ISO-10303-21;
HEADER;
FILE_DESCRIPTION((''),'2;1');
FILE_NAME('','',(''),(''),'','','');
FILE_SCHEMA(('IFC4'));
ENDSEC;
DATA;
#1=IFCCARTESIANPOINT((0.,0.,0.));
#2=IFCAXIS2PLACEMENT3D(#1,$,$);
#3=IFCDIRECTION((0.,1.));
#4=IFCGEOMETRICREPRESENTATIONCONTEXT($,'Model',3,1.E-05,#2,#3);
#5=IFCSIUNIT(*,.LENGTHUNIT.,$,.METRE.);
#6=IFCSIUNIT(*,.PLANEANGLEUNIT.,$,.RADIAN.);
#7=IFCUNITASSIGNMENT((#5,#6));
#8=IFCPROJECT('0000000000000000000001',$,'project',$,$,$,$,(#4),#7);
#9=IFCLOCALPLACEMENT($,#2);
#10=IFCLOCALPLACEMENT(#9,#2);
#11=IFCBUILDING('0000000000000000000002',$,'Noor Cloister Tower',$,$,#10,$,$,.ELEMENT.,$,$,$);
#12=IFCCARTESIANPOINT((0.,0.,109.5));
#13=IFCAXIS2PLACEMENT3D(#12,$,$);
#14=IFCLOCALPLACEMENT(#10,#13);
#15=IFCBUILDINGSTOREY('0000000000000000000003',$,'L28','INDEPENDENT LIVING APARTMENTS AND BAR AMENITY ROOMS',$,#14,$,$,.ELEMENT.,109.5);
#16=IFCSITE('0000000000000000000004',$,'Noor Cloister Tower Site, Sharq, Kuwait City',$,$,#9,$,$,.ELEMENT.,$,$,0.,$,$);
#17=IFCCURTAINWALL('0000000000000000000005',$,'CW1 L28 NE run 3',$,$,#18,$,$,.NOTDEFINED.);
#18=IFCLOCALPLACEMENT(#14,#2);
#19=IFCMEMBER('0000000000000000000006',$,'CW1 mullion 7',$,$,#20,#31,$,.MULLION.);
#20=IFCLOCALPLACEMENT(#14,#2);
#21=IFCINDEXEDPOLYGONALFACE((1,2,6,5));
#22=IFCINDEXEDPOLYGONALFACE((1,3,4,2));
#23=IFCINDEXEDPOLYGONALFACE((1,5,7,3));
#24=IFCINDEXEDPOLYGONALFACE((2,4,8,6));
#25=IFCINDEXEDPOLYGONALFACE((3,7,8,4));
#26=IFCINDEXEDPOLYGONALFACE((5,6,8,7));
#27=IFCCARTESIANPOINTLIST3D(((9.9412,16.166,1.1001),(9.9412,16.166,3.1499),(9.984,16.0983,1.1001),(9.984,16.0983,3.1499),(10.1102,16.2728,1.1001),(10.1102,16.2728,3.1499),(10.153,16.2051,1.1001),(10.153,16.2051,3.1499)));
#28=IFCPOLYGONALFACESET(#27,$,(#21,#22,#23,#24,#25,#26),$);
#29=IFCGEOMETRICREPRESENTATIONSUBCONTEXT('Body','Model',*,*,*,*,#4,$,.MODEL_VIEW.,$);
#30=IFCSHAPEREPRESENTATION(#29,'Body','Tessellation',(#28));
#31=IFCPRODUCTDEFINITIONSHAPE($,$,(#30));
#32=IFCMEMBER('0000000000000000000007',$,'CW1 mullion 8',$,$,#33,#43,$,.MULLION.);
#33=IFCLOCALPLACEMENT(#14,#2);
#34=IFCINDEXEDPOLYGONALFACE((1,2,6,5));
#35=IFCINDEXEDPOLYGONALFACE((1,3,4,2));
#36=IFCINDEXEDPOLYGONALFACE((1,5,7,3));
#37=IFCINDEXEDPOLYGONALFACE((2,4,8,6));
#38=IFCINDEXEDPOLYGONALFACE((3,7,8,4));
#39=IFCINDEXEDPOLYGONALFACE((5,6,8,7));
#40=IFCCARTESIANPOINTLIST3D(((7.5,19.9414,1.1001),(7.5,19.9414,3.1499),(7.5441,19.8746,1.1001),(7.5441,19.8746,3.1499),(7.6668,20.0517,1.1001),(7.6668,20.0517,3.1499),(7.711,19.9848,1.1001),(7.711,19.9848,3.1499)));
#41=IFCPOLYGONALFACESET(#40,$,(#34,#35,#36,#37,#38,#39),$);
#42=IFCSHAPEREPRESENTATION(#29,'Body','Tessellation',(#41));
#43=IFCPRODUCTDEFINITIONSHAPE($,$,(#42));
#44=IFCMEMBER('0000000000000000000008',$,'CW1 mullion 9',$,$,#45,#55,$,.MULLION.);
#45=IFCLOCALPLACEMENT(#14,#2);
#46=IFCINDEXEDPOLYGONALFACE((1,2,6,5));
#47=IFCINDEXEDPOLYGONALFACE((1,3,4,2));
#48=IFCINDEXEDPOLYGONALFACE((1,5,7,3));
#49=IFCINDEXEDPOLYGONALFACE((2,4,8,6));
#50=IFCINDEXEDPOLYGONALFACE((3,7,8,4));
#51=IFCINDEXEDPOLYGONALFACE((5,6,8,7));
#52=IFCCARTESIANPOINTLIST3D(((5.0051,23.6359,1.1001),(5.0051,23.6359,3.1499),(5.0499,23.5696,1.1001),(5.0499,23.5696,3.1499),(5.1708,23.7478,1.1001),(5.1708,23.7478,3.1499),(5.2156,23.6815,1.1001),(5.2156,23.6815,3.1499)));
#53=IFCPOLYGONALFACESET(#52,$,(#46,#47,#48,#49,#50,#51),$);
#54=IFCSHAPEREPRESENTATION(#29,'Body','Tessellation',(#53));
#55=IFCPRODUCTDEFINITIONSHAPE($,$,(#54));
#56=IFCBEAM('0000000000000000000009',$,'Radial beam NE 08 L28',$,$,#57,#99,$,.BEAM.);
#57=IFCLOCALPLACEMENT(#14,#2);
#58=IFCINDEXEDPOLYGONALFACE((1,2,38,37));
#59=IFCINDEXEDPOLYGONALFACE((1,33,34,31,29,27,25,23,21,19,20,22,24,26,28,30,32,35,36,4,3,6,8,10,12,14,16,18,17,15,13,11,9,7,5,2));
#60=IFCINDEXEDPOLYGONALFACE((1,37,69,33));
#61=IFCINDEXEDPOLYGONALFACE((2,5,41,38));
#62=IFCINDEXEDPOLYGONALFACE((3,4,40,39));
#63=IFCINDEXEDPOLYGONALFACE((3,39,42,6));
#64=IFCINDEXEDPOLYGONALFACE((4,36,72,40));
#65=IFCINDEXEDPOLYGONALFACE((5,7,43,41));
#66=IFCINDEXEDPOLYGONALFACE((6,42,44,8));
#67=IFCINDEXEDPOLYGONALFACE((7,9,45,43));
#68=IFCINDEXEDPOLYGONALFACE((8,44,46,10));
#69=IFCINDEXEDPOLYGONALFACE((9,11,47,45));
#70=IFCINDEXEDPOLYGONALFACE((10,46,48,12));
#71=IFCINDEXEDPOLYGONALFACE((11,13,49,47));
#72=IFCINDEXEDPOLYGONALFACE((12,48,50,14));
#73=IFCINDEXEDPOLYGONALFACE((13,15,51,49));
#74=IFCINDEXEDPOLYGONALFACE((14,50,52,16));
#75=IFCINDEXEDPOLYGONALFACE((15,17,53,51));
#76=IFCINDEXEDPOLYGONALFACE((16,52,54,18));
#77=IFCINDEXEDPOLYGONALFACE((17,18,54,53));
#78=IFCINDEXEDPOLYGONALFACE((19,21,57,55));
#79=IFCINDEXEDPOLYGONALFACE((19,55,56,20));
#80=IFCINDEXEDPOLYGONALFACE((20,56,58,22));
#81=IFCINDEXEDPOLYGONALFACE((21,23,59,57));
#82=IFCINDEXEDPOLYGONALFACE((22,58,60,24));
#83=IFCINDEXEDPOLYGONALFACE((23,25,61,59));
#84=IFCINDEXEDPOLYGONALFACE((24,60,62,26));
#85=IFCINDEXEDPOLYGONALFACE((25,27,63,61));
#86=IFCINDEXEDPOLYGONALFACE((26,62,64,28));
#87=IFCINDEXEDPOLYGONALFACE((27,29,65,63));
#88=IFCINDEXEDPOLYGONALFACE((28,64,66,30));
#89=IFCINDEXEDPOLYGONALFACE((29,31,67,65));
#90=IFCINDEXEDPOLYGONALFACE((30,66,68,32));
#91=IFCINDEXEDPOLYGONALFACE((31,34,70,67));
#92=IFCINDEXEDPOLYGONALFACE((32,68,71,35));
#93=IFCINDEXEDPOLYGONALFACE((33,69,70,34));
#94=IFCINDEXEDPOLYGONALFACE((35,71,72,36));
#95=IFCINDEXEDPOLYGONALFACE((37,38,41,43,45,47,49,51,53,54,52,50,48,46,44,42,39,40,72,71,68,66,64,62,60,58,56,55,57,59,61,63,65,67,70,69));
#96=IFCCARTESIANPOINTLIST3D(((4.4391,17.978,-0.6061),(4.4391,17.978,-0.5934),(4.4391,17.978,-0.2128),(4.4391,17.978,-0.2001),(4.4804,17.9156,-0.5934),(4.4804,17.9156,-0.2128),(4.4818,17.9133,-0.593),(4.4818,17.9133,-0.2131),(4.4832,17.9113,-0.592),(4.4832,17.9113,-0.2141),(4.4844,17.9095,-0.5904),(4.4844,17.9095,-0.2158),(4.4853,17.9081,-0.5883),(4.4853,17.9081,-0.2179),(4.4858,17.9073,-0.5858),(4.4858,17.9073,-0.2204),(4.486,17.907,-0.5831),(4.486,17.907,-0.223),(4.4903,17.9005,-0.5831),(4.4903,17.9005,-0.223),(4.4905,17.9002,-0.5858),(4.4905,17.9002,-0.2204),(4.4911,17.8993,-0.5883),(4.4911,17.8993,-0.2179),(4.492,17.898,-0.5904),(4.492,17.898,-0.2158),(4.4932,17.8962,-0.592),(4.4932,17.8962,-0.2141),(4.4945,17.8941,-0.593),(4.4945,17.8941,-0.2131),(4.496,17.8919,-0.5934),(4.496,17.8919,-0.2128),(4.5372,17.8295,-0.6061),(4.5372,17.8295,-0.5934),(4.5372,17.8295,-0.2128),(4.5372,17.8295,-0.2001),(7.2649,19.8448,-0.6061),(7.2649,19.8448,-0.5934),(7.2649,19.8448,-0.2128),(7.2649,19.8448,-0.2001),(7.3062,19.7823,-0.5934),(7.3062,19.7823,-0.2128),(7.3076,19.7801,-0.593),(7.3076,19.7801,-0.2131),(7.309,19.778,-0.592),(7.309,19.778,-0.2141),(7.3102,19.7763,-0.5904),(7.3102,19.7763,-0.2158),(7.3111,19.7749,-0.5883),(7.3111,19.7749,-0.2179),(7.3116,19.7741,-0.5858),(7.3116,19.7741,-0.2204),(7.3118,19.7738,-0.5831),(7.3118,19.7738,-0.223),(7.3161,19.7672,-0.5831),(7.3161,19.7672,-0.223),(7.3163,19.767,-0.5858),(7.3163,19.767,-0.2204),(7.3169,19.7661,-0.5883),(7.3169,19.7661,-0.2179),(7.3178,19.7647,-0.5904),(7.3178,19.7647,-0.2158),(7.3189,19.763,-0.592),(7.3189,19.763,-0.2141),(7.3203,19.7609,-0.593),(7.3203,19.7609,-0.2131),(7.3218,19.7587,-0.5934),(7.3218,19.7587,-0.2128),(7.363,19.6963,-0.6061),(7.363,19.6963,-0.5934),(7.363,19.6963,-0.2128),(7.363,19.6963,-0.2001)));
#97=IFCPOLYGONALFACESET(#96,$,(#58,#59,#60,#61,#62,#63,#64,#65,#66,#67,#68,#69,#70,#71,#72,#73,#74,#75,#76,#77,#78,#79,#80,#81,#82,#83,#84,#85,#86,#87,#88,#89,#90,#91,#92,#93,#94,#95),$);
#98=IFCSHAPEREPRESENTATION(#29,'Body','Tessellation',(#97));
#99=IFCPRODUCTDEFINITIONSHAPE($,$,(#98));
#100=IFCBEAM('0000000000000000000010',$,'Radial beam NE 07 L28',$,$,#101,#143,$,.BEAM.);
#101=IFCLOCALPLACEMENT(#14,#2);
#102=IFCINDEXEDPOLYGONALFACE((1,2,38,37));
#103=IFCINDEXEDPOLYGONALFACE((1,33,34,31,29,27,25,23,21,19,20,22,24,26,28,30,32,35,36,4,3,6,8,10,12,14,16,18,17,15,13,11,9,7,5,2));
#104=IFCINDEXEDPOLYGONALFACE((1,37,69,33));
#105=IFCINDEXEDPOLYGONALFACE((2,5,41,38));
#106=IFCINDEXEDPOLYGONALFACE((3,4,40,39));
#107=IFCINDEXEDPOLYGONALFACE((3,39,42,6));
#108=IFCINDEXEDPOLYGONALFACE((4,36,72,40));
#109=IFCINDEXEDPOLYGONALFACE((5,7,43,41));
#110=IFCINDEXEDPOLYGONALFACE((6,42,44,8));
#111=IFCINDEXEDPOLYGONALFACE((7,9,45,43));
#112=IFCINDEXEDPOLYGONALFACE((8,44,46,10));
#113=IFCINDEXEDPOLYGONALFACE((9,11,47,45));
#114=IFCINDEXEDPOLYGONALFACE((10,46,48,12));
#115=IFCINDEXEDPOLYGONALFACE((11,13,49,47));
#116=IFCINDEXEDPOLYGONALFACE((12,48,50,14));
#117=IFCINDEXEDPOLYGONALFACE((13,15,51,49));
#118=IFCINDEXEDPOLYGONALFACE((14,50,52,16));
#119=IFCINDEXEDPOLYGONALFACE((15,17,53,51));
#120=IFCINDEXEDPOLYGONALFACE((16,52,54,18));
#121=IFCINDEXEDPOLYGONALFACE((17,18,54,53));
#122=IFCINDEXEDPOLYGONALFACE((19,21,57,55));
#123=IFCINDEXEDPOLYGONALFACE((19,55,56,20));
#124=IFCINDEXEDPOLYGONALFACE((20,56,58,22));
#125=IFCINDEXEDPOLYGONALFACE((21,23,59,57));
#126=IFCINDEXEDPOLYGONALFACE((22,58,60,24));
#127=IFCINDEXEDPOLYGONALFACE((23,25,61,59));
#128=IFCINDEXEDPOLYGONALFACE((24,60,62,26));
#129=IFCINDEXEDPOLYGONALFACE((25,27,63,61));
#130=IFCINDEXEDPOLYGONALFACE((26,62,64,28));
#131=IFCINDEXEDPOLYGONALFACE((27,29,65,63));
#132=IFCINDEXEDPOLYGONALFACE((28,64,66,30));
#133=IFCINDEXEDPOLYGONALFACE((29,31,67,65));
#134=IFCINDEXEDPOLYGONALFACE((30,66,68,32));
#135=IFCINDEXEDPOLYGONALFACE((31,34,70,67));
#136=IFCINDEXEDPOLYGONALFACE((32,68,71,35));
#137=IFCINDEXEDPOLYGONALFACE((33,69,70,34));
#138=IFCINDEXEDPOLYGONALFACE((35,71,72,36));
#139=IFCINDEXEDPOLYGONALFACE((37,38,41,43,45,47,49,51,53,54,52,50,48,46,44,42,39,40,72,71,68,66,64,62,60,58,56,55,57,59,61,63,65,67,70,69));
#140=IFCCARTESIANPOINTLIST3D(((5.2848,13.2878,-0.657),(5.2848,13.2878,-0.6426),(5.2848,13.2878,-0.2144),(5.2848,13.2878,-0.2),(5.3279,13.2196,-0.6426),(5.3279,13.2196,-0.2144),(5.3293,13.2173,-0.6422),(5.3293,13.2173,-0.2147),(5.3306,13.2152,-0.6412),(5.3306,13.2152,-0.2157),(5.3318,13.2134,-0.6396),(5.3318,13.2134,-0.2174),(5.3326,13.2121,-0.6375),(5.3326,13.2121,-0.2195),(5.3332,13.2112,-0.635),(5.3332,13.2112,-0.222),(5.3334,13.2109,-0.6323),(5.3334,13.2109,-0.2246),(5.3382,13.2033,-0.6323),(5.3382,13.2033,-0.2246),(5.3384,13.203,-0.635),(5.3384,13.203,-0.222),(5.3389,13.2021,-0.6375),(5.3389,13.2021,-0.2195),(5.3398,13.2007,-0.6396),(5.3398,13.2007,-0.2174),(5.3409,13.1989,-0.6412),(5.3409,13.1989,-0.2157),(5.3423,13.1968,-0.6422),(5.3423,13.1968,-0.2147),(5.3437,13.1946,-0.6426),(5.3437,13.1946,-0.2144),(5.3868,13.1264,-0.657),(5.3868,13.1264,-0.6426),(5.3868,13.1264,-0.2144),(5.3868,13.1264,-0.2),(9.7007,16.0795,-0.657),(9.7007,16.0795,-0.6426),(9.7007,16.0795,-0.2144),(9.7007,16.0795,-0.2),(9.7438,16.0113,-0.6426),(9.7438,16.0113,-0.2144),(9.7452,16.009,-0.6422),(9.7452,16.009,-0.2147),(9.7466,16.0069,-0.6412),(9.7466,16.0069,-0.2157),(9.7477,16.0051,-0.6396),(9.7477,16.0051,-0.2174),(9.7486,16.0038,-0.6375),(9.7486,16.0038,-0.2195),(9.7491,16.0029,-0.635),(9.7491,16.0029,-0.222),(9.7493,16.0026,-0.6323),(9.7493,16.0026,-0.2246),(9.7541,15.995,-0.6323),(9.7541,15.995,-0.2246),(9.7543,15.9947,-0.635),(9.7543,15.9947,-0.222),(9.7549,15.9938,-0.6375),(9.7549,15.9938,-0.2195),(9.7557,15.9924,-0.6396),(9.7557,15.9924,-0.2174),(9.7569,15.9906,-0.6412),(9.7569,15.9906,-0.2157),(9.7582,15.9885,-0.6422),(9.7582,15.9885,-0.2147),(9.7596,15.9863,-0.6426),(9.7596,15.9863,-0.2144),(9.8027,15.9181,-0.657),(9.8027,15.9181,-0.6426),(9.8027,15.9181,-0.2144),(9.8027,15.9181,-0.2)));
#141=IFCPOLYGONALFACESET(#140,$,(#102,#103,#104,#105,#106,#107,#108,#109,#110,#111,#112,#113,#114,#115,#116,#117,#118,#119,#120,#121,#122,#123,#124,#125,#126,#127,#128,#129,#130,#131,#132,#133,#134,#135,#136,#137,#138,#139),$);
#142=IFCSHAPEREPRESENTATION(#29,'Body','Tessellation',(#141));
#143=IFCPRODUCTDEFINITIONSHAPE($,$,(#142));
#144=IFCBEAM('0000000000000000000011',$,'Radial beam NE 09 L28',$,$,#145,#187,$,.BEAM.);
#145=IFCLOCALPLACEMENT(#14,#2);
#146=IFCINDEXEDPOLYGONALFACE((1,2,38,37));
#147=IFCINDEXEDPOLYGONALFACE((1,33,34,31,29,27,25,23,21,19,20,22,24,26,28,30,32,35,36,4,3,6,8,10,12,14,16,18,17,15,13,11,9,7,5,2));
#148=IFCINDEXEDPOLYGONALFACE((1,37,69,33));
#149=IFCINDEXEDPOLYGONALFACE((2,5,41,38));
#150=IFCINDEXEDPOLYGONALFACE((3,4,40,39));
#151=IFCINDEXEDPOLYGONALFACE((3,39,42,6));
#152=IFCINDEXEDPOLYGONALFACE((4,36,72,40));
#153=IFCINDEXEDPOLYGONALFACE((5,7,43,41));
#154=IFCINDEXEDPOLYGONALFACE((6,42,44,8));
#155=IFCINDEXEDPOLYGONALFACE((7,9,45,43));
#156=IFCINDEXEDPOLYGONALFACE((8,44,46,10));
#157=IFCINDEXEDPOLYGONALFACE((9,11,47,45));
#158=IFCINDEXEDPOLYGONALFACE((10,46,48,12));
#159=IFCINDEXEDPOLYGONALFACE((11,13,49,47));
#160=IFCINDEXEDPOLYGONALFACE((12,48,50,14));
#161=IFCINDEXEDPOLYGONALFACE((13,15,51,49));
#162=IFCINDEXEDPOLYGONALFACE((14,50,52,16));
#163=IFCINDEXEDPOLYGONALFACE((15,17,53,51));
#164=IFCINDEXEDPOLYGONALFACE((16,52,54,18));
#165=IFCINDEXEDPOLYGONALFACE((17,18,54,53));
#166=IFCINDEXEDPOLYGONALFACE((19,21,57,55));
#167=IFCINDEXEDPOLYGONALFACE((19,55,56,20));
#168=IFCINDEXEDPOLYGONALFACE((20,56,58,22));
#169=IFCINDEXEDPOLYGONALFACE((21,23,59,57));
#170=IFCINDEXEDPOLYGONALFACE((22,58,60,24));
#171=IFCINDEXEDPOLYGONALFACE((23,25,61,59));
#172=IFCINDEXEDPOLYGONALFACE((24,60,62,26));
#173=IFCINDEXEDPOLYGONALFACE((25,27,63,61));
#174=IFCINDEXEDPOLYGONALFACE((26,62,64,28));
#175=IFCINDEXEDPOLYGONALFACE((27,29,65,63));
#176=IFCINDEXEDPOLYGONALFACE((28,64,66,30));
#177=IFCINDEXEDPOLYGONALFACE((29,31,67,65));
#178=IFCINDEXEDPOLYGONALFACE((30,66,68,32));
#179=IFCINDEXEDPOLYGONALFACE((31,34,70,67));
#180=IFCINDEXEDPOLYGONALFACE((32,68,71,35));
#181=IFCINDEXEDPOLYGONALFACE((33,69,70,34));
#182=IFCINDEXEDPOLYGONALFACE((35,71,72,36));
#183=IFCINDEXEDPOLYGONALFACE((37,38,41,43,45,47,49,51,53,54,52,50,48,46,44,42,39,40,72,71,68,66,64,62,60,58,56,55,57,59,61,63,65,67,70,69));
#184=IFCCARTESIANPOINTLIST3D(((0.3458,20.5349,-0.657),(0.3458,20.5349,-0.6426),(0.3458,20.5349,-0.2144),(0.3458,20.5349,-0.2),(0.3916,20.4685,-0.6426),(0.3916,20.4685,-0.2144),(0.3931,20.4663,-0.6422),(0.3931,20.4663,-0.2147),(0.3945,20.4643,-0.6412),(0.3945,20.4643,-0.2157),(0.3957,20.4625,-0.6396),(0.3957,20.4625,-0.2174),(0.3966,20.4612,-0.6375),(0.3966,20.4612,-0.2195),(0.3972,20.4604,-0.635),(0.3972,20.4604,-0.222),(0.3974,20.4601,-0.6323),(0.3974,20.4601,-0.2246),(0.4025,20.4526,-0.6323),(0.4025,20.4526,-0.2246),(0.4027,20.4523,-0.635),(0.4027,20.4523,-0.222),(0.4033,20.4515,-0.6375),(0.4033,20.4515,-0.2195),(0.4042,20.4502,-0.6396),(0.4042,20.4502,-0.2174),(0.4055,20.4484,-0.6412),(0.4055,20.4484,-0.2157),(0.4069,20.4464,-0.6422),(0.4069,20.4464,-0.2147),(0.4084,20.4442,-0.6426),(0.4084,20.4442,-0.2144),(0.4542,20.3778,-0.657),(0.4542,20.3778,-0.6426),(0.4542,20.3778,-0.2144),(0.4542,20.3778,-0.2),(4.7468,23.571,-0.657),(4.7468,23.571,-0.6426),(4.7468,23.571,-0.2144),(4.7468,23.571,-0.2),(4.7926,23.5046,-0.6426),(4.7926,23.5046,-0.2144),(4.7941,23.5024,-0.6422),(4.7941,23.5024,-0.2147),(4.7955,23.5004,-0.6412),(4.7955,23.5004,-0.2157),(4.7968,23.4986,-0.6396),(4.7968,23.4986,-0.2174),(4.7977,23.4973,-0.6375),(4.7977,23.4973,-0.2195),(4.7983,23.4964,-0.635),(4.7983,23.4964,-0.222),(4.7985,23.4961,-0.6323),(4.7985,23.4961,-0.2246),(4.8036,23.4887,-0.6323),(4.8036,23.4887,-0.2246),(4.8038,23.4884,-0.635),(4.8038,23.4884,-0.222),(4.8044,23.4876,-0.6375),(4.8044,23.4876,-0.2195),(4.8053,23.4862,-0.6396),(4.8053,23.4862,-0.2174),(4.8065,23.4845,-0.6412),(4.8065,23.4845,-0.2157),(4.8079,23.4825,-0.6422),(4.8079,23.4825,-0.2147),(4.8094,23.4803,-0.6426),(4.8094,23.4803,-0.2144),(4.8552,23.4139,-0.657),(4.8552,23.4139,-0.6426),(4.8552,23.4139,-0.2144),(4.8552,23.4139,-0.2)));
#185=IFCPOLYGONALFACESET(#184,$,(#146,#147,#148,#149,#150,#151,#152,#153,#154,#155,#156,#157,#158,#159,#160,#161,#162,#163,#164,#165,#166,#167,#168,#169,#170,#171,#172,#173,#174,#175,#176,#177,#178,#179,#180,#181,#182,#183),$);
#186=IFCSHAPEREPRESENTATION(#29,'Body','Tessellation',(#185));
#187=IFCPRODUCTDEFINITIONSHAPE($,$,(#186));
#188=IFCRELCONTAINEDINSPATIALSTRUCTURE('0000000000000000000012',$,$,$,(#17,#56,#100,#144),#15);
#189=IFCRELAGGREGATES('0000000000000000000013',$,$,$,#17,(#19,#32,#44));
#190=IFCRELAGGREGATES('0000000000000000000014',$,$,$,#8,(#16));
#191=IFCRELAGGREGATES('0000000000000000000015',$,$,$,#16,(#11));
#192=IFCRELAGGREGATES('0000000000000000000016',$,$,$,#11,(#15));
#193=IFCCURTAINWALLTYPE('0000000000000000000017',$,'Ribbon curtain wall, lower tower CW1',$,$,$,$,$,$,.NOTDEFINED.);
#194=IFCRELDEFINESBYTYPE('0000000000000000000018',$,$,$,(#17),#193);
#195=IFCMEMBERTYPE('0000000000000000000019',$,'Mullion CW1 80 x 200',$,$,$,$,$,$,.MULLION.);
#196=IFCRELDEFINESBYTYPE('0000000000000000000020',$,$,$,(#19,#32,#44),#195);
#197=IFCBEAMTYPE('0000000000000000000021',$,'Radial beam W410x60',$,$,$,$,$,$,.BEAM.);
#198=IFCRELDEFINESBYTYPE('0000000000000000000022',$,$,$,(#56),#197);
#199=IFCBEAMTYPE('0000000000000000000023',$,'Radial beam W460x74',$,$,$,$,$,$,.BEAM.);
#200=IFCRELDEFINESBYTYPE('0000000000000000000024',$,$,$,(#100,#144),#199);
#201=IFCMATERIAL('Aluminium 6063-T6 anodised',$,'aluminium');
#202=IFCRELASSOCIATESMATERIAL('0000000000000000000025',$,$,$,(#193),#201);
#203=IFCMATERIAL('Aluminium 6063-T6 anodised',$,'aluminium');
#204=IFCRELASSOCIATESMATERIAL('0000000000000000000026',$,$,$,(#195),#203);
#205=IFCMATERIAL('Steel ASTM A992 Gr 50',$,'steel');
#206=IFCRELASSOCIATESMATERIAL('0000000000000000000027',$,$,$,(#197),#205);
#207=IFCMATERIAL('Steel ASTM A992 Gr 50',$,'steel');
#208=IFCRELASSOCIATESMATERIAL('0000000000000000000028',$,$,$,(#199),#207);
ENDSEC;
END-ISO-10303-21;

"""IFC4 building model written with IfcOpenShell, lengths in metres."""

from ifc_helpers import new_model, si_unit, direction, frame, origin, origin_2d, place, context, subcontext, project, spatial, rectangle, i_section, extrude, material, material_profile, profile_set, type_object, element, aggregate, save


model = new_model("IFC4")

# Units and contexts
model_context = context("Model", 3, precision=1e-05, world=origin(), true_north=direction((0.0, 1.0)))
body_context = subcontext(model_context, "Body", "Model", "MODEL_VIEW")
ifc_project = project(units=[si_unit("LENGTHUNIT", "METRE"), si_unit("PLANEANGLEUNIT", "RADIAN")], contexts=[model_context])

# Site, building, storey
site_placement = place(None, origin())
site = spatial("IfcSite", under=ifc_project, at=site_placement, Name="Noor Cloister Tower Site, Sharq, Kuwait City", CompositionType="ELEMENT", RefElevation=0.0)
building_placement = place(site_placement, origin())
building = spatial("IfcBuilding", under=site, at=building_placement, Name="Noor Cloister Tower", CompositionType="ELEMENT")
storey_placement = place(building_placement, frame((0.0, 0.0, 109.5)))
storey = spatial("IfcBuildingStorey", under=building, at=storey_placement, Name="L28", Description="INDEPENDENT LIVING APARTMENTS AND BAR AMENITY ROOMS", CompositionType="ELEMENT", Elevation=109.5)

# Curtain wall, members
ifc_material_1 = material(Name="Aluminium 6063-T6 anodised", Category="aluminium")
curtain_wall_type = type_object("IfcCurtainWallType", Name="Ribbon curtain wall, lower tower CW1", PredefinedType="NOTDEFINED", material=ifc_material_1)
curtain_wall_placement = place(storey_placement, origin())
curtain_wall = element("IfcCurtainWall", 1, at=curtain_wall_placement, inside=storey, type_object=curtain_wall_type, Name="CW1 L28 NE run 3", PredefinedType="NOTDEFINED")
ifc_material_2 = material(Name="Aluminium 6063-T6 anodised", Category="aluminium")
ifc_material_profile_1 = material_profile(ifc_material_2, rectangle(XDim=0.2, YDim=0.0801, at=origin_2d()), Name="200 x 80 mullion")
ifc_profile_set_1 = profile_set([ifc_material_profile_1], Name="Aluminium 6063-T6 anodised")
member_type = type_object("IfcMemberType", Name="Mullion CW1 80 x 200", PredefinedType="MULLION", material=ifc_profile_set_1)
member_1_placement = place(storey_placement, frame((10.0471, 16.1855, 1.1001), z_axis=(0.0, 0.0, 1.0), x_axis=(-0.845254, -0.534365, 0.0)))
member_1 = element("IfcMember", 2, at=member_1_placement, type_object=member_type, Name="CW1 mullion 7", PredefinedType="MULLION", context=body_context, shape_type="SweptSolid", body=[
    extrude(rectangle(XDim=0.2, YDim=0.0801, at=origin_2d()), origin(), (0.0, 0.0, 1.0), 2.0498),
])
member_2_placement = place(storey_placement, frame((7.6055, 19.9631, 1.1001), z_axis=(0.0, 0.0, 1.0), x_axis=(-0.834355, -0.551228, 0.0)))
member_2 = element("IfcMember", 3, at=member_2_placement, type_object=member_type, Name="CW1 mullion 8", PredefinedType="MULLION", context=body_context, shape_type="SweptSolid", body=[
    extrude(rectangle(XDim=0.2, YDim=0.0801, at=origin_2d()), origin(), (0.0, 0.0, 1.0), 2.0498),
])
member_3_placement = place(storey_placement, frame((5.1104, 23.6587, 1.1001), z_axis=(0.0, 0.0, 1.0), x_axis=(-0.828779, -0.559576, 0.0)))
member_3 = element("IfcMember", 4, at=member_3_placement, type_object=member_type, Name="CW1 mullion 9", PredefinedType="MULLION", context=body_context, shape_type="SweptSolid", body=[
    extrude(rectangle(XDim=0.2, YDim=0.0801, at=origin_2d()), origin(), (0.0, 0.0, 1.0), 2.0498),
])

# Beams
ifc_material_3 = material(Name="Steel ASTM A992 Gr 50", Category="steel")
ifc_material_profile_2 = material_profile(ifc_material_3, i_section(OverallWidth=0.178, OverallDepth=0.406, WebThickness=0.0078, FlangeThickness=0.0127, FilletRadius=0.0103, at=origin_2d()), Name="W410x60")
ifc_profile_set_2 = profile_set([ifc_material_profile_2], Name="Steel ASTM A992 Gr 50")
beam_type_1 = type_object("IfcBeamType", Name="Radial beam W410x60", PredefinedType="BEAM", material=ifc_profile_set_2)
beam_1_placement = place(storey_placement, frame((7.314, 19.7705, -0.4031), z_axis=(-0.834372, -0.551202, 0.0), x_axis=(0.551202, -0.834372, 0.0)))
element("IfcBeam", 5, at=beam_1_placement, inside=storey, type_object=beam_type_1, Name="Radial beam NE 08 L28", PredefinedType="BEAM", context=body_context, shape_type="SweptSolid", body=[
    extrude(i_section(OverallWidth=0.178, OverallDepth=0.406, WebThickness=0.0078, FlangeThickness=0.0127, FilletRadius=0.0103, at=origin_2d()), origin(), (0.0, 0.0, 1.0), 3.3867),
])
ifc_material_4 = material(Name="Steel ASTM A992 Gr 50", Category="steel")
ifc_material_profile_3 = material_profile(ifc_material_4, i_section(OverallWidth=0.1909, OverallDepth=0.457, WebThickness=0.009, FlangeThickness=0.0144, FilletRadius=0.0103, at=origin_2d()), Name="W460x74")
ifc_profile_set_3 = profile_set([ifc_material_profile_3], Name="Steel ASTM A992 Gr 50")
beam_type_2 = type_object("IfcBeamType", Name="Radial beam W460x74", PredefinedType="BEAM", material=ifc_profile_set_3)
beam_2_placement = place(storey_placement, frame((9.7517, 15.9988, -0.4285), z_axis=(-0.845257, -0.53436, 0.0), x_axis=(0.53436, -0.845257, 0.0)))
element("IfcBeam", 6, at=beam_2_placement, inside=storey, type_object=beam_type_2, Name="Radial beam NE 07 L28", PredefinedType="BEAM", context=body_context, shape_type="SweptSolid", body=[
    extrude(i_section(OverallWidth=0.1909, OverallDepth=0.457, WebThickness=0.009, FlangeThickness=0.0144, FilletRadius=0.0103, at=origin_2d()), origin(), (0.0, 0.0, 1.0), 5.2244),
])
beam_3_placement = place(storey_placement, frame((4.801, 23.4924, -0.4285), z_axis=(-0.823136, -0.567844, 0.0), x_axis=(0.567844, -0.823136, 0.0)))
element("IfcBeam", 7, at=beam_3_placement, inside=storey, type_object=beam_type_2, Name="Radial beam NE 09 L28", PredefinedType="BEAM", context=body_context, shape_type="SweptSolid", body=[
    extrude(i_section(OverallWidth=0.1909, OverallDepth=0.457, WebThickness=0.009, FlangeThickness=0.0144, FilletRadius=0.0103, at=origin_2d()), origin(), (0.0, 0.0, 1.0), 5.3467),
])

aggregate(curtain_wall, [member_1, member_2, member_3])

save(model, "model.ifc")
